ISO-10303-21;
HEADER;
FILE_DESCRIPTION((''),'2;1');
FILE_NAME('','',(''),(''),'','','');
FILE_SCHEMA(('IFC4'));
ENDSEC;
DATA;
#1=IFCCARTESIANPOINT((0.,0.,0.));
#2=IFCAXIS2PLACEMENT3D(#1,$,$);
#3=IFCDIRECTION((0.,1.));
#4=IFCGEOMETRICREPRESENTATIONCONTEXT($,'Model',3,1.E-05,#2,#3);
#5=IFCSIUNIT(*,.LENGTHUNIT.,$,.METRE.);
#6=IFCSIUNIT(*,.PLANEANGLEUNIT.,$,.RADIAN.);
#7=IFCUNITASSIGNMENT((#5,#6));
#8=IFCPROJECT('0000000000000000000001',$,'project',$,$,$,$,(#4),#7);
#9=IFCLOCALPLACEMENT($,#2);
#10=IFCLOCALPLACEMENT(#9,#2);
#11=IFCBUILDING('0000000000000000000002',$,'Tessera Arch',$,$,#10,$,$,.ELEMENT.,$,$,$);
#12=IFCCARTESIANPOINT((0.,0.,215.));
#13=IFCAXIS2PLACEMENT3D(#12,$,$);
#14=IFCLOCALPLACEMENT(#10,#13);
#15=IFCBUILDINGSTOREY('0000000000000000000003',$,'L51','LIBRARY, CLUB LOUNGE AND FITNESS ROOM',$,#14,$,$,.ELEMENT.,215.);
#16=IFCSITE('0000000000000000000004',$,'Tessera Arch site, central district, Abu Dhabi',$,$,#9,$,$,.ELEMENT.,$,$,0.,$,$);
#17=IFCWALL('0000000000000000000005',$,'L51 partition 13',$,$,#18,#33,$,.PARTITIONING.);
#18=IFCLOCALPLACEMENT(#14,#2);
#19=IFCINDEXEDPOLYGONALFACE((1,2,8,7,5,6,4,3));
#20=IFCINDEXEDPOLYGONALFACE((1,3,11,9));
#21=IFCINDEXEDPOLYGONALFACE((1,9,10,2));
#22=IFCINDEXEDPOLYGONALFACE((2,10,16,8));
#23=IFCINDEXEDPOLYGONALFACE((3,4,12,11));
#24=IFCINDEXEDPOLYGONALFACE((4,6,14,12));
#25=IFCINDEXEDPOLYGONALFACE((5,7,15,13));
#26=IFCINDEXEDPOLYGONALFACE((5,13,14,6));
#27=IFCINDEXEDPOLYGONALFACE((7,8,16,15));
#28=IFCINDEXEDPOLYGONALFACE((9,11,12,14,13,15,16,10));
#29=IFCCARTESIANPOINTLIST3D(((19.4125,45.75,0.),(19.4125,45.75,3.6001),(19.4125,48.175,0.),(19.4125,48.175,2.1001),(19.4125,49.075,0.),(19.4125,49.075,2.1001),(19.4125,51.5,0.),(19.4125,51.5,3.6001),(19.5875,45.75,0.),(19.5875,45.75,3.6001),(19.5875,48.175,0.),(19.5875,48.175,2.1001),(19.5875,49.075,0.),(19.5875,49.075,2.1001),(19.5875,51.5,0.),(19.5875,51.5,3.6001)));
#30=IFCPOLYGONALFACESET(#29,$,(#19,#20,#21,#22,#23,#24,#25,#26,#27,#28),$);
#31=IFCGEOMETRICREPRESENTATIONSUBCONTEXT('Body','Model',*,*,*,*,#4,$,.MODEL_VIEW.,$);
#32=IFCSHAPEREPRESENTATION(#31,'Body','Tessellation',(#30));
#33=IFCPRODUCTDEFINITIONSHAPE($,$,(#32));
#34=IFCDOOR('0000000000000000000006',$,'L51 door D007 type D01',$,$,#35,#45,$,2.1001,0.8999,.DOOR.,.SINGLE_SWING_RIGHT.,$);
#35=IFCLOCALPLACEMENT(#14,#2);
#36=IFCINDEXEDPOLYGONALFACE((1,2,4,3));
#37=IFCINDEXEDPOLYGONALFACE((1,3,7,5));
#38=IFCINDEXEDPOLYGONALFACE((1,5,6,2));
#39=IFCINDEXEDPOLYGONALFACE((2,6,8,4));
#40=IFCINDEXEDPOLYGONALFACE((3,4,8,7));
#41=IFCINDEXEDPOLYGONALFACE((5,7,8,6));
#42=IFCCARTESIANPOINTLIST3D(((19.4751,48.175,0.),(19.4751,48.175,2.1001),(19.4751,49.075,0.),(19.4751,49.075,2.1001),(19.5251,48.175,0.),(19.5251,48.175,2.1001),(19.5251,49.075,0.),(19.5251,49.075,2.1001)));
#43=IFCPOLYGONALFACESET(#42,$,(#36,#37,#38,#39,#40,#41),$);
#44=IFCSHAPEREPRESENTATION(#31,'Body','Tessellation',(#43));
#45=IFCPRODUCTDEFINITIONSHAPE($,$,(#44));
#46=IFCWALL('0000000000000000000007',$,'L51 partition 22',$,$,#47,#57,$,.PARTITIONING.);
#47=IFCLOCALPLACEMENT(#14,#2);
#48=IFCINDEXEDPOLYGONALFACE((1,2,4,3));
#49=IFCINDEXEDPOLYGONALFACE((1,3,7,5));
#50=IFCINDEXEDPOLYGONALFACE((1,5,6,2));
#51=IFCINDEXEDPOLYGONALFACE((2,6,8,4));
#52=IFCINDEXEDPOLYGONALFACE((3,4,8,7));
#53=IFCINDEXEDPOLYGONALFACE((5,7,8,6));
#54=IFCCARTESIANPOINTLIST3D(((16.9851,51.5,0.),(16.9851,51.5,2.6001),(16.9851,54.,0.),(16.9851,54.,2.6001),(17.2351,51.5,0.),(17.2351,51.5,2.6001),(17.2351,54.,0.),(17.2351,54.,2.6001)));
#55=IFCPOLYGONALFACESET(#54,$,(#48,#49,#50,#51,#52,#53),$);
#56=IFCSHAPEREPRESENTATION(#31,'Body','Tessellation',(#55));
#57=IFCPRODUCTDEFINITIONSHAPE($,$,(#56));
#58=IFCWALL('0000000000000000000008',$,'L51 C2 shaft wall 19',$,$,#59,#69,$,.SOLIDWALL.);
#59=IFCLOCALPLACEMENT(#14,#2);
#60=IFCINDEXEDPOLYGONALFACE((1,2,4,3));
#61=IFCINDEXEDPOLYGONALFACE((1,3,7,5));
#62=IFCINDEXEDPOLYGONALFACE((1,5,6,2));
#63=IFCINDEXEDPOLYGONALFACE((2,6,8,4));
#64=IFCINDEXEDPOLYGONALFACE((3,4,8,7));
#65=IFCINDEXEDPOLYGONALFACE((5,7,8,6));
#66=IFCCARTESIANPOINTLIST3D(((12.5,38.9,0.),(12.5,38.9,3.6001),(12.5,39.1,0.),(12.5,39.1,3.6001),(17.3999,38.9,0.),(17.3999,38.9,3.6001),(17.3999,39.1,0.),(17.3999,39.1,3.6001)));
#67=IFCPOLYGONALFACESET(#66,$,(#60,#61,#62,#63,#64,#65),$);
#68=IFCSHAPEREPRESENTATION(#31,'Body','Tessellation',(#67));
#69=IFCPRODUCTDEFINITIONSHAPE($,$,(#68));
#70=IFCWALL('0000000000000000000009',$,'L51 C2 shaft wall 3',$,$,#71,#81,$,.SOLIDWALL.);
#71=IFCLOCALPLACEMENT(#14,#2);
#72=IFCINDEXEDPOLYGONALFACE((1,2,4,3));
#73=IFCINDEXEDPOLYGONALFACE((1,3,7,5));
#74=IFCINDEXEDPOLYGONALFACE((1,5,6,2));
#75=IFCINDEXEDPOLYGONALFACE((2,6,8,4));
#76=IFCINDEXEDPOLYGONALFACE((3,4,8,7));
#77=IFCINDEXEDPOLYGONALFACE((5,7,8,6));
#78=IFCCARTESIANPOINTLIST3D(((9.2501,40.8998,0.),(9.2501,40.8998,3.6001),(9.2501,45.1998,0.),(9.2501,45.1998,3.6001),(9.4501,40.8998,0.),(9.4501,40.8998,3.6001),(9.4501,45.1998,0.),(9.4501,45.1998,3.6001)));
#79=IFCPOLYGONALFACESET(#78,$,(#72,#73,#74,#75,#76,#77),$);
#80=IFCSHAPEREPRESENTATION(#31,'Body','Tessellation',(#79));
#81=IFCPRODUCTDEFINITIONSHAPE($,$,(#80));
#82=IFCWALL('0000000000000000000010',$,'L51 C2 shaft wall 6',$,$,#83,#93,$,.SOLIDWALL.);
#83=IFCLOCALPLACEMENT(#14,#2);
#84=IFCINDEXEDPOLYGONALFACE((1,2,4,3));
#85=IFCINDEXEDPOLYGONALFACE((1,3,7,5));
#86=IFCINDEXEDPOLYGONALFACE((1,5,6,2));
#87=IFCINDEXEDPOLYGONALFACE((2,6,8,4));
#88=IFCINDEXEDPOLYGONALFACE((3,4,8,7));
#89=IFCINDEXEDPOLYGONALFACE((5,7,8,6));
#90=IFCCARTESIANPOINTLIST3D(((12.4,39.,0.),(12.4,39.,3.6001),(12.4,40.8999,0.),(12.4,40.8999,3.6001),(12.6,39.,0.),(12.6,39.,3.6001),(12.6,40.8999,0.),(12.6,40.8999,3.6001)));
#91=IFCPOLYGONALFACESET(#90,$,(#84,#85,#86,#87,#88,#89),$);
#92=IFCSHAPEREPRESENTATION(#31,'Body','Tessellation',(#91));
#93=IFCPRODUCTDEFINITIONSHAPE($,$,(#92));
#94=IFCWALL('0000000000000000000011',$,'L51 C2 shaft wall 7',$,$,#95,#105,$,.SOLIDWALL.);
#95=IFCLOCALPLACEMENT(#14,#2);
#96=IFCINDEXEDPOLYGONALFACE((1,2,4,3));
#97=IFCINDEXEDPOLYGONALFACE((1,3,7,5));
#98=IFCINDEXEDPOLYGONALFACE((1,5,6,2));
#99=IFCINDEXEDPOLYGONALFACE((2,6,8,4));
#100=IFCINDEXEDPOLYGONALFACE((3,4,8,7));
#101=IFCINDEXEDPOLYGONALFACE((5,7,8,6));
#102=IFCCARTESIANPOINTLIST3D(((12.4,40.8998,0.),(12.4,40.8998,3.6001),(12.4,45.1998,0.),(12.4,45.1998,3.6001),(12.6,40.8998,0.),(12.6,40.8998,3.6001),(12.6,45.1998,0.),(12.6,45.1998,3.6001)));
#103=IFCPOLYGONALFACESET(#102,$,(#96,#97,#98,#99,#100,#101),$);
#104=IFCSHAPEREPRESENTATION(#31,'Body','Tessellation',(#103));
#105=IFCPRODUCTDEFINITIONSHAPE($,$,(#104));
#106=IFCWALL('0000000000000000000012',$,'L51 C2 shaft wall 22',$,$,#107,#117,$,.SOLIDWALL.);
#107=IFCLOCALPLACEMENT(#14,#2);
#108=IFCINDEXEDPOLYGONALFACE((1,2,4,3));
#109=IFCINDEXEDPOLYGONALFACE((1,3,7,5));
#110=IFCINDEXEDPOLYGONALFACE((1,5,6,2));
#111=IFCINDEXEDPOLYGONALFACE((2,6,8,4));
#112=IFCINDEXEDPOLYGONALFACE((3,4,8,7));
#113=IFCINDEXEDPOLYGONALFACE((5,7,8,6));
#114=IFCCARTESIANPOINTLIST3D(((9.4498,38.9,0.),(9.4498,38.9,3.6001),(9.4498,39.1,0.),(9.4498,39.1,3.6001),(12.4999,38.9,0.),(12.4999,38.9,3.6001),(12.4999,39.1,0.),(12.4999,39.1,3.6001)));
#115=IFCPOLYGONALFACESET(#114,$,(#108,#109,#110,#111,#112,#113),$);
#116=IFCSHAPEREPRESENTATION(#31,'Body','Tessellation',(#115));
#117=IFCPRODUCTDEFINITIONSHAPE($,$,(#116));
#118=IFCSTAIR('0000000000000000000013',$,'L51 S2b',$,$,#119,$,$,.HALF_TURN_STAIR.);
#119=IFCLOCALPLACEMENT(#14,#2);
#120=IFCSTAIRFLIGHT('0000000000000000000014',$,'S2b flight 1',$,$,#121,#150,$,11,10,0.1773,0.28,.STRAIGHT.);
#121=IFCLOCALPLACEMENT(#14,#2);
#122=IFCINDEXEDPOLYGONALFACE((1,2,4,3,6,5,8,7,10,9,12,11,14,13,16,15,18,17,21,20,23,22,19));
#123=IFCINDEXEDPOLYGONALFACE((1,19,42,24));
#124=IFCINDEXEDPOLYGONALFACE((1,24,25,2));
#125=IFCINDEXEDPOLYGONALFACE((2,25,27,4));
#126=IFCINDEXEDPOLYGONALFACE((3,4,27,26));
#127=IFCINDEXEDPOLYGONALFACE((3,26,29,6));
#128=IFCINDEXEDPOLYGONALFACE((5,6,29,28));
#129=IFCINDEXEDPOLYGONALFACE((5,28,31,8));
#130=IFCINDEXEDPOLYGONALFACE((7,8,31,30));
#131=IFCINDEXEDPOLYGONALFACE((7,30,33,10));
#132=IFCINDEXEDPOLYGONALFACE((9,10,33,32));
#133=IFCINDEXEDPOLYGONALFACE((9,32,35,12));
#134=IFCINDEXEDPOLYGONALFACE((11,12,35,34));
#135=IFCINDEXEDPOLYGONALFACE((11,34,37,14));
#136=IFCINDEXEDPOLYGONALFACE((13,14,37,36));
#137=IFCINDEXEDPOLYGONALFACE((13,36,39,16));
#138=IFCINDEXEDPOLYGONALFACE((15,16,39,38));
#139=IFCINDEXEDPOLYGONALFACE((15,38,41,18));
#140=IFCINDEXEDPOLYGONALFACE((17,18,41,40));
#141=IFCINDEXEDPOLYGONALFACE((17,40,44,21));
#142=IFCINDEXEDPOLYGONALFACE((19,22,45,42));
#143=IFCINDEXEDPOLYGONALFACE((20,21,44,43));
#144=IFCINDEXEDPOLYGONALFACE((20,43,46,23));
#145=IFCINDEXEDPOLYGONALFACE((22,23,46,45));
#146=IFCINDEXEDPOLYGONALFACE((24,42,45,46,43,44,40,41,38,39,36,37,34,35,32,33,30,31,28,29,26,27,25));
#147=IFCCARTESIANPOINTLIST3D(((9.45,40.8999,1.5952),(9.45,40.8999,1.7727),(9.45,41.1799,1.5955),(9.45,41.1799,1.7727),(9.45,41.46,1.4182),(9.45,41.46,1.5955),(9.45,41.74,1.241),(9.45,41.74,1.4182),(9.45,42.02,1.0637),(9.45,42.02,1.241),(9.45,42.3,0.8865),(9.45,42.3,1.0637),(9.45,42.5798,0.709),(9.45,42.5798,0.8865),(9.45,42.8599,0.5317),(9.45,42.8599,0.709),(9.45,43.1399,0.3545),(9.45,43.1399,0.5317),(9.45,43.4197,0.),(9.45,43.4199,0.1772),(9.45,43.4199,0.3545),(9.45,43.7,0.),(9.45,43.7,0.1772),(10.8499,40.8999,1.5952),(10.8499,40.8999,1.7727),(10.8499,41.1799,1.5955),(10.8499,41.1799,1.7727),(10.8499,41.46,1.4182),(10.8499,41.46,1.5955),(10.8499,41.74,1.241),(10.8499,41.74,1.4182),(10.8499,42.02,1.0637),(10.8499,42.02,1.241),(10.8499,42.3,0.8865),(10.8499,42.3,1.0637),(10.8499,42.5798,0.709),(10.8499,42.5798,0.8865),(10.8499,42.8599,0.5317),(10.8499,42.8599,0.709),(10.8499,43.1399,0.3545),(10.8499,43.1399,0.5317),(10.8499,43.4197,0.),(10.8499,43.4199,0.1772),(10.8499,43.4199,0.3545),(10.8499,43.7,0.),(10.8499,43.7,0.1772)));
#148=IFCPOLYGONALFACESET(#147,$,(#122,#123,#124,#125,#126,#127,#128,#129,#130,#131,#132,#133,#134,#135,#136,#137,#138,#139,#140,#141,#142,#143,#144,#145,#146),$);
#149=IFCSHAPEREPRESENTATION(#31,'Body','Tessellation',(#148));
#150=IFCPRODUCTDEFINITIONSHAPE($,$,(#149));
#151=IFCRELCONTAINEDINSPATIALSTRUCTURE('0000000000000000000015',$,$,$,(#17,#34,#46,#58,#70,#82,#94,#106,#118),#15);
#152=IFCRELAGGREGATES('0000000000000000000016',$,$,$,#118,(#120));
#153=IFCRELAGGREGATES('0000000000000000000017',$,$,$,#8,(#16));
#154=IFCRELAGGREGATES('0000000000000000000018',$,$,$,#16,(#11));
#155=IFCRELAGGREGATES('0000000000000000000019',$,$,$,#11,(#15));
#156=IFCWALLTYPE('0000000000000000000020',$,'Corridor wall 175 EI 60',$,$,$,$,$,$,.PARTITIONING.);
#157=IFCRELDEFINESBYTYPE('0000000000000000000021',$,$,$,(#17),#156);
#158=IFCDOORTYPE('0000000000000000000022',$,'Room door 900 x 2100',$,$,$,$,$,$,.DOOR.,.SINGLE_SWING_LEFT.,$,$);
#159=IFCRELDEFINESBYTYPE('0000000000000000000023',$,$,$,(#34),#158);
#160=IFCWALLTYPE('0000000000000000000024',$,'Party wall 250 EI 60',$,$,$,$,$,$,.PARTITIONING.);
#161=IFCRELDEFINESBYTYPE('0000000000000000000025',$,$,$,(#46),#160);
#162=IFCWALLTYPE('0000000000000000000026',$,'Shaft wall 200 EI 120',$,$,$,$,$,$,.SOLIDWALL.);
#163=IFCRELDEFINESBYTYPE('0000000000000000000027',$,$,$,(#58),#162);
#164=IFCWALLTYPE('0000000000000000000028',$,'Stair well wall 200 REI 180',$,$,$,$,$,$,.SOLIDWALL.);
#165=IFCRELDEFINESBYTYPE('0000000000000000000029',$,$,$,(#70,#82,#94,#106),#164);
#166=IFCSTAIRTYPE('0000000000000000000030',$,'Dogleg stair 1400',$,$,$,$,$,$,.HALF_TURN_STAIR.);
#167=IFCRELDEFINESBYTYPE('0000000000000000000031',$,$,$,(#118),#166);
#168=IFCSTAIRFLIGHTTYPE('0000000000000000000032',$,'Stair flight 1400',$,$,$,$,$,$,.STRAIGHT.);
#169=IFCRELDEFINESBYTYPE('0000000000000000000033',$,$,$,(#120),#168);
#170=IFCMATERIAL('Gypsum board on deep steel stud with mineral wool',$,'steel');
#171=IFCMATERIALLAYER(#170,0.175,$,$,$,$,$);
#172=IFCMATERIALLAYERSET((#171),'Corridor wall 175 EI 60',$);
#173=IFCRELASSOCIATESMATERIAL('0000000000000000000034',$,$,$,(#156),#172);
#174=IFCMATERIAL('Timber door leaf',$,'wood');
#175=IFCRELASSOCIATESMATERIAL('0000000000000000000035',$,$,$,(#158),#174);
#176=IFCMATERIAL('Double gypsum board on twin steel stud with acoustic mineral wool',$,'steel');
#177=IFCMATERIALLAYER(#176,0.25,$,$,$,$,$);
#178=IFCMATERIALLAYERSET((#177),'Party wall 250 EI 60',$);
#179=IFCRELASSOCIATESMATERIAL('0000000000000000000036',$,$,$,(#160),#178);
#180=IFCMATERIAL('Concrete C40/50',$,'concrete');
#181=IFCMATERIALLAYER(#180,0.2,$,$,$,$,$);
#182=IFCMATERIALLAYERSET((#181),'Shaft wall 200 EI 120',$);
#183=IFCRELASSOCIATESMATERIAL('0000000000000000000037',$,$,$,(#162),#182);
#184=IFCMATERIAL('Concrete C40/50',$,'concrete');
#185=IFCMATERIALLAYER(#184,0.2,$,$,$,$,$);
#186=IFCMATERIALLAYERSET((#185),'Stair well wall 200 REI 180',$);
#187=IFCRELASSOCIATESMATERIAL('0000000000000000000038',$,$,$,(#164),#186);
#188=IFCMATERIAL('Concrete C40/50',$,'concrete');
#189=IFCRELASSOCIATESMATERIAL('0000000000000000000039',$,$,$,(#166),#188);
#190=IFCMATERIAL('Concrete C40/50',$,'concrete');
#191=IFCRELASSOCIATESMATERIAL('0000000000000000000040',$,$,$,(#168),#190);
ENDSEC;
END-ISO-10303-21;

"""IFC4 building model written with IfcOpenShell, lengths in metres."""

from ifc_helpers import new_model, si_unit, direction, frame, frame_2d, origin, place, context, subcontext, project, spatial, polyline, rectangle, outline, extrude, material, layer, layer_set, type_object, element, fill, aggregate, save


model = new_model("IFC4")

# Units and contexts
model_context = context("Model", 3, precision=1e-05, world=origin(), true_north=direction((0.0, 1.0)))
body_context = subcontext(model_context, "Body", "Model", "MODEL_VIEW")
ifc_project = project(units=[si_unit("LENGTHUNIT", "METRE"), si_unit("PLANEANGLEUNIT", "RADIAN")], contexts=[model_context])

# Site, building, storey
site_placement = place(None, origin())
site = spatial("IfcSite", under=ifc_project, at=site_placement, Name="Tessera Arch site, central district, Abu Dhabi", CompositionType="ELEMENT", RefElevation=0.0)
building_placement = place(site_placement, origin())
building = spatial("IfcBuilding", under=site, at=building_placement, Name="Tessera Arch", CompositionType="ELEMENT")
storey_placement = place(building_placement, frame((0.0, 0.0, 215.0)))
storey = spatial("IfcBuildingStorey", under=building, at=storey_placement, Name="L51", Description="LIBRARY, CLUB LOUNGE AND FITNESS ROOM", CompositionType="ELEMENT", Elevation=215.0)

# Shared definitions
ifc_material_1 = material(Name="Gypsum board on deep steel stud with mineral wool", Category="steel")
ifc_layer_1 = layer(ifc_material_1, 0.175)
ifc_layer_set_1 = layer_set([ifc_layer_1], Name="Corridor wall 175 EI 60")
wall_type_1 = type_object("IfcWallType", Name="Corridor wall 175 EI 60", PredefinedType="PARTITIONING", material=ifc_layer_set_1)

# Wall, opening, door
wall_1_placement = place(storey_placement, frame((19.5, 45.75, 0.0), z_axis=(0.0, 0.0, 1.0), x_axis=(0.0, 1.0, 0.0)))
wall_1 = element("IfcWall", 1, at=wall_1_placement, inside=storey, type_object=wall_type_1, Name="L51 partition 13", PredefinedType="PARTITIONING", context=body_context, shape_type="SweptSolid", body=[
    extrude(rectangle(XDim=5.75, YDim=0.175, at=frame_2d((2.875, 0.0))), origin(), (0.0, 0.0, 1.0), 3.6001),
])
opening_1_placement = place(wall_1_placement, frame((2.425, 0.0, 0.0)))
opening_1 = element("IfcOpeningElement", 2, at=opening_1_placement, cuts=wall_1, PredefinedType="OPENING", context=body_context, shape_type="SweptSolid", body=[
    extrude(rectangle(XDim=0.8999, YDim=2.1001, at=frame_2d((0.45, 1.05))), frame((0.0, 0.0974, 0.0), z_axis=(0.0, -1.0, 0.0), x_axis=(1.0, 0.0, 0.0)), (0.0, 0.0, 1.0), 0.1951),
])
ifc_material_2 = material(Name="Timber door leaf", Category="wood")
door_type_1 = type_object("IfcDoorType", Name="Room door 900 x 2100", OperationType="SINGLE_SWING_LEFT", PredefinedType="DOOR", material=ifc_material_2)
door_1_placement = place(opening_1_placement, origin())
door_1 = element("IfcDoor", 3, at=door_1_placement, inside=storey, type_object=door_type_1, Name="L51 door D007 type D01", OperationType="SINGLE_SWING_RIGHT", OverallHeight=2.1001, OverallWidth=0.8999, PredefinedType="DOOR", context=body_context, shape_type="SweptSolid", body=[
    extrude(rectangle(XDim=0.8999, YDim=2.1001, at=frame_2d((0.45, 1.05))), frame((0.0, 0.0249, 0.0), z_axis=(0.0, -1.0, 0.0), x_axis=(1.0, 0.0, 0.0)), (0.0, 0.0, 1.0), 0.05),
])
fill(opening_1, door_1)

# Walls
ifc_material_3 = material(Name="Double gypsum board on twin steel stud with acoustic mineral wool", Category="steel")
ifc_layer_2 = layer(ifc_material_3, 0.25)
ifc_layer_set_2 = layer_set([ifc_layer_2], Name="Party wall 250 EI 60")
wall_type_2 = type_object("IfcWallType", Name="Party wall 250 EI 60", PredefinedType="PARTITIONING", material=ifc_layer_set_2)
wall_2_placement = place(storey_placement, frame((17.1101, 51.5, 0.0), z_axis=(0.0, 0.0, 1.0), x_axis=(0.0, 1.0, 0.0)))
element("IfcWall", 4, at=wall_2_placement, inside=storey, type_object=wall_type_2, Name="L51 partition 22", PredefinedType="PARTITIONING", context=body_context, shape_type="SweptSolid", body=[
    extrude(rectangle(XDim=2.5, YDim=0.25, at=frame_2d((1.25, 0.0))), origin(), (0.0, 0.0, 1.0), 2.6001),
])
ifc_material_4 = material(Name="Concrete C40/50", Category="concrete")
ifc_layer_3 = layer(ifc_material_4, 0.2)
ifc_layer_set_3 = layer_set([ifc_layer_3], Name="Shaft wall 200 EI 120")
wall_type_3 = type_object("IfcWallType", Name="Shaft wall 200 EI 120", PredefinedType="SOLIDWALL", material=ifc_layer_set_3)
wall_3_placement = place(storey_placement, frame((12.5, 39.0, 0.0), z_axis=(0.0, 0.0, 1.0), x_axis=(1.0, 0.0, 0.0)))
element("IfcWall", 5, at=wall_3_placement, inside=storey, type_object=wall_type_3, Name="L51 C2 shaft wall 19", PredefinedType="SOLIDWALL", context=body_context, shape_type="SweptSolid", body=[
    extrude(rectangle(XDim=4.8999, YDim=0.2, at=frame_2d((2.45, 0.0))), origin(), (0.0, 0.0, 1.0), 3.6001),
])
ifc_material_5 = material(Name="Concrete C40/50", Category="concrete")
ifc_layer_4 = layer(ifc_material_5, 0.2)
ifc_layer_set_4 = layer_set([ifc_layer_4], Name="Stair well wall 200 REI 180")
wall_type_4 = type_object("IfcWallType", Name="Stair well wall 200 REI 180", PredefinedType="SOLIDWALL", material=ifc_layer_set_4)
wall_4_placement = place(storey_placement, frame((9.3501, 40.8999, 0.0), z_axis=(0.0, 0.0, 1.0), x_axis=(0.0, 1.0, 0.0)))
element("IfcWall", 6, at=wall_4_placement, inside=storey, type_object=wall_type_4, Name="L51 C2 shaft wall 3", PredefinedType="SOLIDWALL", context=body_context, shape_type="SweptSolid", body=[
    extrude(rectangle(XDim=4.3, YDim=0.2, at=frame_2d((2.1499, 0.0))), origin(), (0.0, 0.0, 1.0), 3.6001),
])
wall_5_placement = place(storey_placement, frame((12.5, 39.0, 0.0), z_axis=(0.0, 0.0, 1.0), x_axis=(0.0, 1.0, 0.0)))
element("IfcWall", 7, at=wall_5_placement, inside=storey, type_object=wall_type_4, Name="L51 C2 shaft wall 6", PredefinedType="SOLIDWALL", context=body_context, shape_type="SweptSolid", body=[
    extrude(rectangle(XDim=1.8999, YDim=0.2, at=frame_2d((0.95, 0.0))), origin(), (0.0, 0.0, 1.0), 3.6001),
])
wall_6_placement = place(storey_placement, frame((12.5, 40.8999, 0.0), z_axis=(0.0, 0.0, 1.0), x_axis=(0.0, 1.0, 0.0)))
element("IfcWall", 8, at=wall_6_placement, inside=storey, type_object=wall_type_4, Name="L51 C2 shaft wall 7", PredefinedType="SOLIDWALL", context=body_context, shape_type="SweptSolid", body=[
    extrude(rectangle(XDim=4.3, YDim=0.2, at=frame_2d((2.1499, 0.0))), origin(), (0.0, 0.0, 1.0), 3.6001),
])
wall_7_placement = place(storey_placement, frame((9.45, 39.0, 0.0), z_axis=(0.0, 0.0, 1.0), x_axis=(1.0, 0.0, 0.0)))
element("IfcWall", 9, at=wall_7_placement, inside=storey, type_object=wall_type_4, Name="L51 C2 shaft wall 22", PredefinedType="SOLIDWALL", context=body_context, shape_type="SweptSolid", body=[
    extrude(rectangle(XDim=3.05, YDim=0.2, at=frame_2d((1.5249, 0.0))), origin(), (0.0, 0.0, 1.0), 3.6001),
])

# Stair, stair flight
ifc_material_6 = material(Name="Concrete C40/50", Category="concrete")
stair_type = type_object("IfcStairType", Name="Dogleg stair 1400", PredefinedType="HALF_TURN_STAIR", material=ifc_material_6)
stair_placement = place(storey_placement, origin())
stair = element("IfcStair", 10, at=stair_placement, inside=storey, type_object=stair_type, Name="L51 S2b", PredefinedType="HALF_TURN_STAIR")
ifc_material_7 = material(Name="Concrete C40/50", Category="concrete")
stair_flight_type = type_object("IfcStairFlightType", Name="Stair flight 1400", PredefinedType="STRAIGHT", material=ifc_material_7)
stair_flight_1_placement = place(storey_placement, frame((10.1499, 43.7, 0.0), z_axis=(0.0, 0.0, 1.0), x_axis=(0.0, -1.0, 0.0)))
stair_flight_1 = element("IfcStairFlight", 11, at=stair_flight_1_placement, type_object=stair_flight_type, Name="S2b flight 1", NumberOfRisers=11, NumberOfTreads=10, PredefinedType="STRAIGHT", RiserHeight=0.1773, TreadLength=0.28, context=body_context, shape_type="SweptSolid", body=[
    extrude(outline(polyline([(0.0, 0.0), (0.0, 0.1772), (0.28, 0.1772), (0.28, 0.3545), (0.5601, 0.3545), (0.5601, 0.5317), (0.8401, 0.5317), (0.8401, 0.709), (1.1201, 0.709), (1.1201, 0.8865), (1.3999, 0.8865), (1.3999, 1.0637), (1.6799, 1.0637), (1.6799, 1.241), (1.96, 1.241), (1.96, 1.4182), (2.24, 1.4182), (2.24, 1.5955), (2.52, 1.5955), (2.52, 1.7727), (2.8, 1.7727), (2.8, 1.95), (2.8, 1.5952), (0.2803, 0.0), (0.0, 0.0)])), frame((0.0, 0.7, 0.0), z_axis=(0.0, -1.0, 0.0), x_axis=(1.0, 0.0, 0.0)), (0.0, 0.0, 1.0), 1.3999),
])
aggregate(stair, [stair_flight_1])

save(model, "model.ifc")
